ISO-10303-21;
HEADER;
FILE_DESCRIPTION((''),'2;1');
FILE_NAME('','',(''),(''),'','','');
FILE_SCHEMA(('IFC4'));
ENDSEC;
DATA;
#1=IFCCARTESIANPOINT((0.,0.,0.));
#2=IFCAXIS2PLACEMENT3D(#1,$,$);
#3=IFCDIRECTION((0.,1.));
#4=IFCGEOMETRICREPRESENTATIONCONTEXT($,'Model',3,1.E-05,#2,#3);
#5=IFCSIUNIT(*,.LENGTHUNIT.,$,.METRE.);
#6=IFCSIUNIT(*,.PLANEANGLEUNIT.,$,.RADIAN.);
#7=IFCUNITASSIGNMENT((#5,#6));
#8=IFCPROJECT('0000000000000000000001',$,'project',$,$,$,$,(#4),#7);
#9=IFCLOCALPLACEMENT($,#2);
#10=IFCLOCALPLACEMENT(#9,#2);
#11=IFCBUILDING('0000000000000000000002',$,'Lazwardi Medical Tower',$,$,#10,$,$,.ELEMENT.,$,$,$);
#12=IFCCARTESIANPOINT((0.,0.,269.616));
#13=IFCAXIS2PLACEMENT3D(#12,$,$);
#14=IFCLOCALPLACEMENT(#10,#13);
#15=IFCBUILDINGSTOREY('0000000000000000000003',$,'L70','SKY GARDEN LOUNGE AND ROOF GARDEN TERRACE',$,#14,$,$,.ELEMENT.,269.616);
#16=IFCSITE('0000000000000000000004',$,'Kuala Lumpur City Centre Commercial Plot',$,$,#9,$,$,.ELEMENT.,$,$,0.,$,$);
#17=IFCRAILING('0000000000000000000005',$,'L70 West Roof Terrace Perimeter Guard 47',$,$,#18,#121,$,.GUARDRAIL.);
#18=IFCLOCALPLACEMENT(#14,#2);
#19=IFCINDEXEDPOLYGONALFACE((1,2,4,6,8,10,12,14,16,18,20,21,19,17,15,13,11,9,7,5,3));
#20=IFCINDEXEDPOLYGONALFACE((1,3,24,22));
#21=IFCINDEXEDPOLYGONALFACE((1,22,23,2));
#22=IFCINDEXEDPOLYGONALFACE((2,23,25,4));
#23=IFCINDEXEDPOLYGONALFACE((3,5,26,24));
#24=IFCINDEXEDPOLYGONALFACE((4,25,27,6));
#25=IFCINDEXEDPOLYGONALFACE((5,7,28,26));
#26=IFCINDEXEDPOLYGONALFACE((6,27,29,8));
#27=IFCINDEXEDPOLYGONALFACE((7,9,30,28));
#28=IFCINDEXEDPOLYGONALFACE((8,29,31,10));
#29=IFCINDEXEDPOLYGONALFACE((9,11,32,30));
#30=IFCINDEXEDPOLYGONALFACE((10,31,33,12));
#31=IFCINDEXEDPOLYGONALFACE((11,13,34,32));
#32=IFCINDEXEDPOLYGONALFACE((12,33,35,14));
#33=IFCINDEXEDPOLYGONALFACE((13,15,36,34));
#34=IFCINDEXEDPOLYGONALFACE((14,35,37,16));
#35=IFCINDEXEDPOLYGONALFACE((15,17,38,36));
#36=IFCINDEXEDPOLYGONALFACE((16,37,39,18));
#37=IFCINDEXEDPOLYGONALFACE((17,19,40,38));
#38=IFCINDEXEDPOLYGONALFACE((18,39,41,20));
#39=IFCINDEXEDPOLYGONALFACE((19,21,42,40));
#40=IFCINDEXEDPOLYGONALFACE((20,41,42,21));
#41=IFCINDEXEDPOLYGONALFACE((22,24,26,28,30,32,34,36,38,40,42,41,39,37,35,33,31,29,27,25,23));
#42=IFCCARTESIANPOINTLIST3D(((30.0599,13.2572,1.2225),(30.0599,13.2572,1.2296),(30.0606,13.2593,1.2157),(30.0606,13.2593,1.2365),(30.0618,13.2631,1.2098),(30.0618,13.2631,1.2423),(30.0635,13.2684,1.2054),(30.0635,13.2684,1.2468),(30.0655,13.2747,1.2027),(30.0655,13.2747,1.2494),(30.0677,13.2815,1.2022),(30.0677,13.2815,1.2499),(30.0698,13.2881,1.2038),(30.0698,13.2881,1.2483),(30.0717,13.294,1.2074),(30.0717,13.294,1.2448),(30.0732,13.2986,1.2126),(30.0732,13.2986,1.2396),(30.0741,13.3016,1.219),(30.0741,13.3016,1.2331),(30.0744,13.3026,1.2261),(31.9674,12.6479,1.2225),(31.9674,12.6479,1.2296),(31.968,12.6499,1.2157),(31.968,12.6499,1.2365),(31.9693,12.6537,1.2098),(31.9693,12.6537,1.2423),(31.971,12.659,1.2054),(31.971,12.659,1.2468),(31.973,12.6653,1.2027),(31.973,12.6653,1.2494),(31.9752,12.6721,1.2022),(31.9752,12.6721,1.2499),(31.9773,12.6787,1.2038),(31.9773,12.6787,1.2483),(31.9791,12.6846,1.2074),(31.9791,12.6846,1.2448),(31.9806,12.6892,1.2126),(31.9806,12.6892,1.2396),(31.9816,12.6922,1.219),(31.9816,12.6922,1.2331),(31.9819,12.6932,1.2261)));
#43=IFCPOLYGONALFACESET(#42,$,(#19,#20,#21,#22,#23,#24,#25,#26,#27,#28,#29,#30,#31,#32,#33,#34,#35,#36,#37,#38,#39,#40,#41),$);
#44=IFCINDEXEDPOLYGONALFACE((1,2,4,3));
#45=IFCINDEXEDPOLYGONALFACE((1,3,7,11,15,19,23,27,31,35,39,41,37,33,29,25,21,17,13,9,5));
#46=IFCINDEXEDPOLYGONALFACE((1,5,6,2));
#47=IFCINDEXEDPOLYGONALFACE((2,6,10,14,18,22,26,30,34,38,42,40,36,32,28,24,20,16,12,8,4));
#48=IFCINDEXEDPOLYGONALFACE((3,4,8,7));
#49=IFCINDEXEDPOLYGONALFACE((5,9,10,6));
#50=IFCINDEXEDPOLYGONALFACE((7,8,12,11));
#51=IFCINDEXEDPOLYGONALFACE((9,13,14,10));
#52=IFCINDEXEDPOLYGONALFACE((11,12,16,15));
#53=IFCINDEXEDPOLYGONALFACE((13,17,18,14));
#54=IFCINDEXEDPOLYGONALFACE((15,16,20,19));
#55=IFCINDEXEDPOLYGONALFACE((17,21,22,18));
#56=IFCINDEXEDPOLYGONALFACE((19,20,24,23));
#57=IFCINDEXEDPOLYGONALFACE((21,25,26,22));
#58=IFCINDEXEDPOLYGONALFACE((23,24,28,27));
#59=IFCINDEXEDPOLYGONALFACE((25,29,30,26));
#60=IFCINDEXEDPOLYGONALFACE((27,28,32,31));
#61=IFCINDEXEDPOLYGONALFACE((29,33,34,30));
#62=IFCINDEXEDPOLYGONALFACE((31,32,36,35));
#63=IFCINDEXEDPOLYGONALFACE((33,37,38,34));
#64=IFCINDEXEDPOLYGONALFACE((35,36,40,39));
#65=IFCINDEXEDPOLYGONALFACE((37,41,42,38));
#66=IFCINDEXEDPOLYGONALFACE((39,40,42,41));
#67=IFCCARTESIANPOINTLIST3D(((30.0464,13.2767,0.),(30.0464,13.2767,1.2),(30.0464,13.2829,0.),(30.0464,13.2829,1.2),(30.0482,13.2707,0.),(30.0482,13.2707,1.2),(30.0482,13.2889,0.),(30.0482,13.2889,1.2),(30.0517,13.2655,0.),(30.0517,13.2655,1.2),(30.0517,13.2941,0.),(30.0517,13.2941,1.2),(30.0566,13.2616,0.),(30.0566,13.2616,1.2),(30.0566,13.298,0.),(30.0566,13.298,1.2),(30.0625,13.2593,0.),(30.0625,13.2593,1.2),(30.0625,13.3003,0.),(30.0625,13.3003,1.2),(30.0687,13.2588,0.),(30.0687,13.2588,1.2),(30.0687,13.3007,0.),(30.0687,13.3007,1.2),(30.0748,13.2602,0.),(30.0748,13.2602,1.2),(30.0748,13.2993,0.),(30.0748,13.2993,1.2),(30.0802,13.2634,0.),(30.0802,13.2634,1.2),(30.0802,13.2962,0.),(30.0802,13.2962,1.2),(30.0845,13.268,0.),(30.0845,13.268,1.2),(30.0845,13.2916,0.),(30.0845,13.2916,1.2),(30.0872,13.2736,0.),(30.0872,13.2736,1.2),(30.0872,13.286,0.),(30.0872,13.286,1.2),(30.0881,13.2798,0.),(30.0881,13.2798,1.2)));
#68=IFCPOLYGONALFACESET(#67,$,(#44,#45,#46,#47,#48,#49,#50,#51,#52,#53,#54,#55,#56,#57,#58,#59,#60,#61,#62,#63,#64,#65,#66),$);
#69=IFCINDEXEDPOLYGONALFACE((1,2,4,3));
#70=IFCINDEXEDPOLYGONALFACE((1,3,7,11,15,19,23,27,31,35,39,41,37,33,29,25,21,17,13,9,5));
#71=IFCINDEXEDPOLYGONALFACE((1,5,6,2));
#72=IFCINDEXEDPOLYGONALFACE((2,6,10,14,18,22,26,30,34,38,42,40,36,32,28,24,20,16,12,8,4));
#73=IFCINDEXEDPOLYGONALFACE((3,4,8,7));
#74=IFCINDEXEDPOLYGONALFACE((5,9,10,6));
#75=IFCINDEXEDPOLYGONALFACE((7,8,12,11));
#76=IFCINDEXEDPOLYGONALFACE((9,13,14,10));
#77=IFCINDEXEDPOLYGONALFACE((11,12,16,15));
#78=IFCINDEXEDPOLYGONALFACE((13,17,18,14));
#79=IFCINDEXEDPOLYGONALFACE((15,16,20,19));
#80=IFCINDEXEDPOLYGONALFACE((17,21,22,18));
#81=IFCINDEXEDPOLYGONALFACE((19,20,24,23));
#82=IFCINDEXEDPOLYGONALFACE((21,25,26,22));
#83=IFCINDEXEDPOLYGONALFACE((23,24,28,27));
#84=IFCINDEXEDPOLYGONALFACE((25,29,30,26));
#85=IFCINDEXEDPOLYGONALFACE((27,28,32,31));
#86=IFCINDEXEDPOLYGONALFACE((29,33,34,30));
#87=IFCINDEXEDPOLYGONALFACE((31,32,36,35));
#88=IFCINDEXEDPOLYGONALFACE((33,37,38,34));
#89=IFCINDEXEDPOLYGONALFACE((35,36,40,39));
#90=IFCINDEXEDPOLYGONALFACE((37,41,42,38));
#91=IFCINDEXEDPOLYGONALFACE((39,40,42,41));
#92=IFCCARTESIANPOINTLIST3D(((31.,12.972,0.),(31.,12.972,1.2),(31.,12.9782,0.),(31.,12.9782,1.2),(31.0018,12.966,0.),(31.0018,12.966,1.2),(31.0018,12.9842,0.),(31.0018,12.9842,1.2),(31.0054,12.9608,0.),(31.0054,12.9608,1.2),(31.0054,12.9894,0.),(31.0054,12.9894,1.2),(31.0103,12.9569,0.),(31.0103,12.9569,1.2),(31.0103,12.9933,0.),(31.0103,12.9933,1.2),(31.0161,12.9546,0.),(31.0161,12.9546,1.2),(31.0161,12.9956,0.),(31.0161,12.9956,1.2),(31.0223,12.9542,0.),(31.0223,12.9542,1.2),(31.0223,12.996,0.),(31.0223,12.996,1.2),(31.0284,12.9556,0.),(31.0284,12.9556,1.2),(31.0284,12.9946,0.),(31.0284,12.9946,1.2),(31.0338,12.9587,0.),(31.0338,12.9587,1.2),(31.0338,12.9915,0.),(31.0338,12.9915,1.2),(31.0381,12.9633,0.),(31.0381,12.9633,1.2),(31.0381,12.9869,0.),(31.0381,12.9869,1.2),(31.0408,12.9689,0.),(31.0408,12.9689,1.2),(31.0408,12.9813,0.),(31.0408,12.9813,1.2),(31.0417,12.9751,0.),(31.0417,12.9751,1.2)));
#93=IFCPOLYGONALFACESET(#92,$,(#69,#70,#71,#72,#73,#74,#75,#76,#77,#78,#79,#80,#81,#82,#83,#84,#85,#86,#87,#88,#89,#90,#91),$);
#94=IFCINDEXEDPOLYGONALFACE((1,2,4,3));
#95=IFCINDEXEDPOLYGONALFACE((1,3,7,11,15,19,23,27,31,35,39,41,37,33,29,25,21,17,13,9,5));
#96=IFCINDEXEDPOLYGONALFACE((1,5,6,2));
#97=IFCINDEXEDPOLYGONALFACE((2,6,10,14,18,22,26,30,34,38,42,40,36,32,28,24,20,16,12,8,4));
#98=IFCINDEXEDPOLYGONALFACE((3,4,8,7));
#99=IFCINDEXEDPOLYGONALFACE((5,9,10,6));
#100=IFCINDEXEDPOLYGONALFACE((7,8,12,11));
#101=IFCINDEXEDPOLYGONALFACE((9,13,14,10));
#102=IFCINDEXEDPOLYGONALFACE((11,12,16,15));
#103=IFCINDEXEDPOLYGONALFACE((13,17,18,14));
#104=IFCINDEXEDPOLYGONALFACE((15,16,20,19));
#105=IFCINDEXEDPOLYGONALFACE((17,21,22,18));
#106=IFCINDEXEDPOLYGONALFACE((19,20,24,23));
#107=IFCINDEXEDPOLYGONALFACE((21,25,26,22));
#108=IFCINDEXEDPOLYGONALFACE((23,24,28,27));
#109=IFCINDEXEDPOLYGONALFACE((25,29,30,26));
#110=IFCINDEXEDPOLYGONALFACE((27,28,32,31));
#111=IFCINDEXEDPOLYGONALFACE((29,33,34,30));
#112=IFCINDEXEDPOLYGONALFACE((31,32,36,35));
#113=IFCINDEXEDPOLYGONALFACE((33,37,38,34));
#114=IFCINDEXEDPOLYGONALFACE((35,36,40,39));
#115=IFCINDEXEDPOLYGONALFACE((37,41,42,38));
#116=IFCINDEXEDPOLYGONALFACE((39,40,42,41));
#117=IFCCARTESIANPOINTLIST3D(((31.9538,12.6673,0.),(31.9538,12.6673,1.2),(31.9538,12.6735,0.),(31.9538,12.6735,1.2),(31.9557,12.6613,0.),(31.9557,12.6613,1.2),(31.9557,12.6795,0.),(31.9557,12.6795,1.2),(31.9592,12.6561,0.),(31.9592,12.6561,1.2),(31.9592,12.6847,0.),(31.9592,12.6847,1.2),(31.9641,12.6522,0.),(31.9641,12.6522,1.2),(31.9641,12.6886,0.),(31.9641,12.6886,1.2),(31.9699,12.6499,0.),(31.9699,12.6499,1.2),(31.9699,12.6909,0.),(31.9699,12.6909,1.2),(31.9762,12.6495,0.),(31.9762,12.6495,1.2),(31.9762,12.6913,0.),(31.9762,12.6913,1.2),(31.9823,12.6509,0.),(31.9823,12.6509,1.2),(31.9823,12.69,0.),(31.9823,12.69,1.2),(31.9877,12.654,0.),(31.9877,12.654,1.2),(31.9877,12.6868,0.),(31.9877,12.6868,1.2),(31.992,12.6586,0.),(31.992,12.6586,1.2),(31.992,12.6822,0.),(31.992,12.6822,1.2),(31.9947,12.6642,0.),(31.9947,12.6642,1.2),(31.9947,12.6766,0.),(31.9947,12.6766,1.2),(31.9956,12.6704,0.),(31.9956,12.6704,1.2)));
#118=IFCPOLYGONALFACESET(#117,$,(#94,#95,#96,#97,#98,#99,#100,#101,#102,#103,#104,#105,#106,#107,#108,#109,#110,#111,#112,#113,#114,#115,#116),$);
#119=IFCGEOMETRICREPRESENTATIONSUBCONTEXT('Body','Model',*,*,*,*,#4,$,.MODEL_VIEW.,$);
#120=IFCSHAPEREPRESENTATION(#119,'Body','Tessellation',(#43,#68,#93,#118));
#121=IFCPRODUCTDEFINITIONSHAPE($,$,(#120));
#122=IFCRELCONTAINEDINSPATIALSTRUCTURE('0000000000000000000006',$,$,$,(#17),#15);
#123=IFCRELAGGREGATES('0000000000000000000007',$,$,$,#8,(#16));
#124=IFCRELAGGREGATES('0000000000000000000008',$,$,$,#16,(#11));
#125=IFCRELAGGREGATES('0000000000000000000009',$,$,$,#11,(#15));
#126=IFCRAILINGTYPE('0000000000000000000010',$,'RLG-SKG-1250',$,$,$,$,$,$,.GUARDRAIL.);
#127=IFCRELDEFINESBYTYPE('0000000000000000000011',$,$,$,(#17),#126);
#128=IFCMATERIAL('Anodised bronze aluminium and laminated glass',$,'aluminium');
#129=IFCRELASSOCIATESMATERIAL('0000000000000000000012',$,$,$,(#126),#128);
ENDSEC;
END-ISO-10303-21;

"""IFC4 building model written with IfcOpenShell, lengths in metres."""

from ifc_helpers import new_model, si_unit, direction, frame, origin, origin_2d, place, context, subcontext, project, spatial, circle, extrude, material, type_object, element, save


model = new_model("IFC4")

# Units and contexts
model_context = context("Model", 3, precision=1e-05, world=origin(), true_north=direction((0.0, 1.0)))
body_context = subcontext(model_context, "Body", "Model", "MODEL_VIEW")
ifc_project = project(units=[si_unit("LENGTHUNIT", "METRE"), si_unit("PLANEANGLEUNIT", "RADIAN")], contexts=[model_context])

# Site, building, storey
site_placement = place(None, origin())
site = spatial("IfcSite", under=ifc_project, at=site_placement, Name="Kuala Lumpur City Centre Commercial Plot", CompositionType="ELEMENT", RefElevation=0.0)
building_placement = place(site_placement, origin())
building = spatial("IfcBuilding", under=site, at=building_placement, Name="Lazwardi Medical Tower", CompositionType="ELEMENT")
storey_placement = place(building_placement, frame((0.0, 0.0, 269.616)))
storey = spatial("IfcBuildingStorey", under=building, at=storey_placement, Name="L70", Description="SKY GARDEN LOUNGE AND ROOF GARDEN TERRACE", CompositionType="ELEMENT", Elevation=269.616)

# Railing
ifc_material_1 = material(Name="Anodised bronze aluminium and laminated glass", Category="aluminium")
railing_type = type_object("IfcRailingType", Name="RLG-SKG-1250", PredefinedType="GUARDRAIL", material=ifc_material_1)
railing_1_placement = place(storey_placement, frame((30.0671, 13.2798, 0.0)))
element("IfcRailing", 1, at=railing_1_placement, inside=storey, type_object=railing_type, Name="L70 West Roof Terrace Perimeter Guard 47", PredefinedType="GUARDRAIL", context=body_context, shape_type="SweptSolid", body=[
    extrude(circle(Radius=0.0239, at=origin_2d()), frame((0.0, 0.0, 1.2261), z_axis=(0.952571, -0.304316, 0.0), x_axis=(0.304316, 0.952571, 0.0)), (0.0, 0.0, 1.0), 2.0024),
    extrude(circle(Radius=0.021, at=origin_2d()), origin(), (0.0, 0.0, 1.0), 1.2),
    extrude(circle(Radius=0.021, at=origin_2d()), frame((0.9536, -0.3047, 0.0)), (0.0, 0.0, 1.0), 1.2),
    extrude(circle(Radius=0.021, at=origin_2d()), frame((1.9075, -0.6094, 0.0)), (0.0, 0.0, 1.0), 1.2),
])

save(model, "model.ifc")
